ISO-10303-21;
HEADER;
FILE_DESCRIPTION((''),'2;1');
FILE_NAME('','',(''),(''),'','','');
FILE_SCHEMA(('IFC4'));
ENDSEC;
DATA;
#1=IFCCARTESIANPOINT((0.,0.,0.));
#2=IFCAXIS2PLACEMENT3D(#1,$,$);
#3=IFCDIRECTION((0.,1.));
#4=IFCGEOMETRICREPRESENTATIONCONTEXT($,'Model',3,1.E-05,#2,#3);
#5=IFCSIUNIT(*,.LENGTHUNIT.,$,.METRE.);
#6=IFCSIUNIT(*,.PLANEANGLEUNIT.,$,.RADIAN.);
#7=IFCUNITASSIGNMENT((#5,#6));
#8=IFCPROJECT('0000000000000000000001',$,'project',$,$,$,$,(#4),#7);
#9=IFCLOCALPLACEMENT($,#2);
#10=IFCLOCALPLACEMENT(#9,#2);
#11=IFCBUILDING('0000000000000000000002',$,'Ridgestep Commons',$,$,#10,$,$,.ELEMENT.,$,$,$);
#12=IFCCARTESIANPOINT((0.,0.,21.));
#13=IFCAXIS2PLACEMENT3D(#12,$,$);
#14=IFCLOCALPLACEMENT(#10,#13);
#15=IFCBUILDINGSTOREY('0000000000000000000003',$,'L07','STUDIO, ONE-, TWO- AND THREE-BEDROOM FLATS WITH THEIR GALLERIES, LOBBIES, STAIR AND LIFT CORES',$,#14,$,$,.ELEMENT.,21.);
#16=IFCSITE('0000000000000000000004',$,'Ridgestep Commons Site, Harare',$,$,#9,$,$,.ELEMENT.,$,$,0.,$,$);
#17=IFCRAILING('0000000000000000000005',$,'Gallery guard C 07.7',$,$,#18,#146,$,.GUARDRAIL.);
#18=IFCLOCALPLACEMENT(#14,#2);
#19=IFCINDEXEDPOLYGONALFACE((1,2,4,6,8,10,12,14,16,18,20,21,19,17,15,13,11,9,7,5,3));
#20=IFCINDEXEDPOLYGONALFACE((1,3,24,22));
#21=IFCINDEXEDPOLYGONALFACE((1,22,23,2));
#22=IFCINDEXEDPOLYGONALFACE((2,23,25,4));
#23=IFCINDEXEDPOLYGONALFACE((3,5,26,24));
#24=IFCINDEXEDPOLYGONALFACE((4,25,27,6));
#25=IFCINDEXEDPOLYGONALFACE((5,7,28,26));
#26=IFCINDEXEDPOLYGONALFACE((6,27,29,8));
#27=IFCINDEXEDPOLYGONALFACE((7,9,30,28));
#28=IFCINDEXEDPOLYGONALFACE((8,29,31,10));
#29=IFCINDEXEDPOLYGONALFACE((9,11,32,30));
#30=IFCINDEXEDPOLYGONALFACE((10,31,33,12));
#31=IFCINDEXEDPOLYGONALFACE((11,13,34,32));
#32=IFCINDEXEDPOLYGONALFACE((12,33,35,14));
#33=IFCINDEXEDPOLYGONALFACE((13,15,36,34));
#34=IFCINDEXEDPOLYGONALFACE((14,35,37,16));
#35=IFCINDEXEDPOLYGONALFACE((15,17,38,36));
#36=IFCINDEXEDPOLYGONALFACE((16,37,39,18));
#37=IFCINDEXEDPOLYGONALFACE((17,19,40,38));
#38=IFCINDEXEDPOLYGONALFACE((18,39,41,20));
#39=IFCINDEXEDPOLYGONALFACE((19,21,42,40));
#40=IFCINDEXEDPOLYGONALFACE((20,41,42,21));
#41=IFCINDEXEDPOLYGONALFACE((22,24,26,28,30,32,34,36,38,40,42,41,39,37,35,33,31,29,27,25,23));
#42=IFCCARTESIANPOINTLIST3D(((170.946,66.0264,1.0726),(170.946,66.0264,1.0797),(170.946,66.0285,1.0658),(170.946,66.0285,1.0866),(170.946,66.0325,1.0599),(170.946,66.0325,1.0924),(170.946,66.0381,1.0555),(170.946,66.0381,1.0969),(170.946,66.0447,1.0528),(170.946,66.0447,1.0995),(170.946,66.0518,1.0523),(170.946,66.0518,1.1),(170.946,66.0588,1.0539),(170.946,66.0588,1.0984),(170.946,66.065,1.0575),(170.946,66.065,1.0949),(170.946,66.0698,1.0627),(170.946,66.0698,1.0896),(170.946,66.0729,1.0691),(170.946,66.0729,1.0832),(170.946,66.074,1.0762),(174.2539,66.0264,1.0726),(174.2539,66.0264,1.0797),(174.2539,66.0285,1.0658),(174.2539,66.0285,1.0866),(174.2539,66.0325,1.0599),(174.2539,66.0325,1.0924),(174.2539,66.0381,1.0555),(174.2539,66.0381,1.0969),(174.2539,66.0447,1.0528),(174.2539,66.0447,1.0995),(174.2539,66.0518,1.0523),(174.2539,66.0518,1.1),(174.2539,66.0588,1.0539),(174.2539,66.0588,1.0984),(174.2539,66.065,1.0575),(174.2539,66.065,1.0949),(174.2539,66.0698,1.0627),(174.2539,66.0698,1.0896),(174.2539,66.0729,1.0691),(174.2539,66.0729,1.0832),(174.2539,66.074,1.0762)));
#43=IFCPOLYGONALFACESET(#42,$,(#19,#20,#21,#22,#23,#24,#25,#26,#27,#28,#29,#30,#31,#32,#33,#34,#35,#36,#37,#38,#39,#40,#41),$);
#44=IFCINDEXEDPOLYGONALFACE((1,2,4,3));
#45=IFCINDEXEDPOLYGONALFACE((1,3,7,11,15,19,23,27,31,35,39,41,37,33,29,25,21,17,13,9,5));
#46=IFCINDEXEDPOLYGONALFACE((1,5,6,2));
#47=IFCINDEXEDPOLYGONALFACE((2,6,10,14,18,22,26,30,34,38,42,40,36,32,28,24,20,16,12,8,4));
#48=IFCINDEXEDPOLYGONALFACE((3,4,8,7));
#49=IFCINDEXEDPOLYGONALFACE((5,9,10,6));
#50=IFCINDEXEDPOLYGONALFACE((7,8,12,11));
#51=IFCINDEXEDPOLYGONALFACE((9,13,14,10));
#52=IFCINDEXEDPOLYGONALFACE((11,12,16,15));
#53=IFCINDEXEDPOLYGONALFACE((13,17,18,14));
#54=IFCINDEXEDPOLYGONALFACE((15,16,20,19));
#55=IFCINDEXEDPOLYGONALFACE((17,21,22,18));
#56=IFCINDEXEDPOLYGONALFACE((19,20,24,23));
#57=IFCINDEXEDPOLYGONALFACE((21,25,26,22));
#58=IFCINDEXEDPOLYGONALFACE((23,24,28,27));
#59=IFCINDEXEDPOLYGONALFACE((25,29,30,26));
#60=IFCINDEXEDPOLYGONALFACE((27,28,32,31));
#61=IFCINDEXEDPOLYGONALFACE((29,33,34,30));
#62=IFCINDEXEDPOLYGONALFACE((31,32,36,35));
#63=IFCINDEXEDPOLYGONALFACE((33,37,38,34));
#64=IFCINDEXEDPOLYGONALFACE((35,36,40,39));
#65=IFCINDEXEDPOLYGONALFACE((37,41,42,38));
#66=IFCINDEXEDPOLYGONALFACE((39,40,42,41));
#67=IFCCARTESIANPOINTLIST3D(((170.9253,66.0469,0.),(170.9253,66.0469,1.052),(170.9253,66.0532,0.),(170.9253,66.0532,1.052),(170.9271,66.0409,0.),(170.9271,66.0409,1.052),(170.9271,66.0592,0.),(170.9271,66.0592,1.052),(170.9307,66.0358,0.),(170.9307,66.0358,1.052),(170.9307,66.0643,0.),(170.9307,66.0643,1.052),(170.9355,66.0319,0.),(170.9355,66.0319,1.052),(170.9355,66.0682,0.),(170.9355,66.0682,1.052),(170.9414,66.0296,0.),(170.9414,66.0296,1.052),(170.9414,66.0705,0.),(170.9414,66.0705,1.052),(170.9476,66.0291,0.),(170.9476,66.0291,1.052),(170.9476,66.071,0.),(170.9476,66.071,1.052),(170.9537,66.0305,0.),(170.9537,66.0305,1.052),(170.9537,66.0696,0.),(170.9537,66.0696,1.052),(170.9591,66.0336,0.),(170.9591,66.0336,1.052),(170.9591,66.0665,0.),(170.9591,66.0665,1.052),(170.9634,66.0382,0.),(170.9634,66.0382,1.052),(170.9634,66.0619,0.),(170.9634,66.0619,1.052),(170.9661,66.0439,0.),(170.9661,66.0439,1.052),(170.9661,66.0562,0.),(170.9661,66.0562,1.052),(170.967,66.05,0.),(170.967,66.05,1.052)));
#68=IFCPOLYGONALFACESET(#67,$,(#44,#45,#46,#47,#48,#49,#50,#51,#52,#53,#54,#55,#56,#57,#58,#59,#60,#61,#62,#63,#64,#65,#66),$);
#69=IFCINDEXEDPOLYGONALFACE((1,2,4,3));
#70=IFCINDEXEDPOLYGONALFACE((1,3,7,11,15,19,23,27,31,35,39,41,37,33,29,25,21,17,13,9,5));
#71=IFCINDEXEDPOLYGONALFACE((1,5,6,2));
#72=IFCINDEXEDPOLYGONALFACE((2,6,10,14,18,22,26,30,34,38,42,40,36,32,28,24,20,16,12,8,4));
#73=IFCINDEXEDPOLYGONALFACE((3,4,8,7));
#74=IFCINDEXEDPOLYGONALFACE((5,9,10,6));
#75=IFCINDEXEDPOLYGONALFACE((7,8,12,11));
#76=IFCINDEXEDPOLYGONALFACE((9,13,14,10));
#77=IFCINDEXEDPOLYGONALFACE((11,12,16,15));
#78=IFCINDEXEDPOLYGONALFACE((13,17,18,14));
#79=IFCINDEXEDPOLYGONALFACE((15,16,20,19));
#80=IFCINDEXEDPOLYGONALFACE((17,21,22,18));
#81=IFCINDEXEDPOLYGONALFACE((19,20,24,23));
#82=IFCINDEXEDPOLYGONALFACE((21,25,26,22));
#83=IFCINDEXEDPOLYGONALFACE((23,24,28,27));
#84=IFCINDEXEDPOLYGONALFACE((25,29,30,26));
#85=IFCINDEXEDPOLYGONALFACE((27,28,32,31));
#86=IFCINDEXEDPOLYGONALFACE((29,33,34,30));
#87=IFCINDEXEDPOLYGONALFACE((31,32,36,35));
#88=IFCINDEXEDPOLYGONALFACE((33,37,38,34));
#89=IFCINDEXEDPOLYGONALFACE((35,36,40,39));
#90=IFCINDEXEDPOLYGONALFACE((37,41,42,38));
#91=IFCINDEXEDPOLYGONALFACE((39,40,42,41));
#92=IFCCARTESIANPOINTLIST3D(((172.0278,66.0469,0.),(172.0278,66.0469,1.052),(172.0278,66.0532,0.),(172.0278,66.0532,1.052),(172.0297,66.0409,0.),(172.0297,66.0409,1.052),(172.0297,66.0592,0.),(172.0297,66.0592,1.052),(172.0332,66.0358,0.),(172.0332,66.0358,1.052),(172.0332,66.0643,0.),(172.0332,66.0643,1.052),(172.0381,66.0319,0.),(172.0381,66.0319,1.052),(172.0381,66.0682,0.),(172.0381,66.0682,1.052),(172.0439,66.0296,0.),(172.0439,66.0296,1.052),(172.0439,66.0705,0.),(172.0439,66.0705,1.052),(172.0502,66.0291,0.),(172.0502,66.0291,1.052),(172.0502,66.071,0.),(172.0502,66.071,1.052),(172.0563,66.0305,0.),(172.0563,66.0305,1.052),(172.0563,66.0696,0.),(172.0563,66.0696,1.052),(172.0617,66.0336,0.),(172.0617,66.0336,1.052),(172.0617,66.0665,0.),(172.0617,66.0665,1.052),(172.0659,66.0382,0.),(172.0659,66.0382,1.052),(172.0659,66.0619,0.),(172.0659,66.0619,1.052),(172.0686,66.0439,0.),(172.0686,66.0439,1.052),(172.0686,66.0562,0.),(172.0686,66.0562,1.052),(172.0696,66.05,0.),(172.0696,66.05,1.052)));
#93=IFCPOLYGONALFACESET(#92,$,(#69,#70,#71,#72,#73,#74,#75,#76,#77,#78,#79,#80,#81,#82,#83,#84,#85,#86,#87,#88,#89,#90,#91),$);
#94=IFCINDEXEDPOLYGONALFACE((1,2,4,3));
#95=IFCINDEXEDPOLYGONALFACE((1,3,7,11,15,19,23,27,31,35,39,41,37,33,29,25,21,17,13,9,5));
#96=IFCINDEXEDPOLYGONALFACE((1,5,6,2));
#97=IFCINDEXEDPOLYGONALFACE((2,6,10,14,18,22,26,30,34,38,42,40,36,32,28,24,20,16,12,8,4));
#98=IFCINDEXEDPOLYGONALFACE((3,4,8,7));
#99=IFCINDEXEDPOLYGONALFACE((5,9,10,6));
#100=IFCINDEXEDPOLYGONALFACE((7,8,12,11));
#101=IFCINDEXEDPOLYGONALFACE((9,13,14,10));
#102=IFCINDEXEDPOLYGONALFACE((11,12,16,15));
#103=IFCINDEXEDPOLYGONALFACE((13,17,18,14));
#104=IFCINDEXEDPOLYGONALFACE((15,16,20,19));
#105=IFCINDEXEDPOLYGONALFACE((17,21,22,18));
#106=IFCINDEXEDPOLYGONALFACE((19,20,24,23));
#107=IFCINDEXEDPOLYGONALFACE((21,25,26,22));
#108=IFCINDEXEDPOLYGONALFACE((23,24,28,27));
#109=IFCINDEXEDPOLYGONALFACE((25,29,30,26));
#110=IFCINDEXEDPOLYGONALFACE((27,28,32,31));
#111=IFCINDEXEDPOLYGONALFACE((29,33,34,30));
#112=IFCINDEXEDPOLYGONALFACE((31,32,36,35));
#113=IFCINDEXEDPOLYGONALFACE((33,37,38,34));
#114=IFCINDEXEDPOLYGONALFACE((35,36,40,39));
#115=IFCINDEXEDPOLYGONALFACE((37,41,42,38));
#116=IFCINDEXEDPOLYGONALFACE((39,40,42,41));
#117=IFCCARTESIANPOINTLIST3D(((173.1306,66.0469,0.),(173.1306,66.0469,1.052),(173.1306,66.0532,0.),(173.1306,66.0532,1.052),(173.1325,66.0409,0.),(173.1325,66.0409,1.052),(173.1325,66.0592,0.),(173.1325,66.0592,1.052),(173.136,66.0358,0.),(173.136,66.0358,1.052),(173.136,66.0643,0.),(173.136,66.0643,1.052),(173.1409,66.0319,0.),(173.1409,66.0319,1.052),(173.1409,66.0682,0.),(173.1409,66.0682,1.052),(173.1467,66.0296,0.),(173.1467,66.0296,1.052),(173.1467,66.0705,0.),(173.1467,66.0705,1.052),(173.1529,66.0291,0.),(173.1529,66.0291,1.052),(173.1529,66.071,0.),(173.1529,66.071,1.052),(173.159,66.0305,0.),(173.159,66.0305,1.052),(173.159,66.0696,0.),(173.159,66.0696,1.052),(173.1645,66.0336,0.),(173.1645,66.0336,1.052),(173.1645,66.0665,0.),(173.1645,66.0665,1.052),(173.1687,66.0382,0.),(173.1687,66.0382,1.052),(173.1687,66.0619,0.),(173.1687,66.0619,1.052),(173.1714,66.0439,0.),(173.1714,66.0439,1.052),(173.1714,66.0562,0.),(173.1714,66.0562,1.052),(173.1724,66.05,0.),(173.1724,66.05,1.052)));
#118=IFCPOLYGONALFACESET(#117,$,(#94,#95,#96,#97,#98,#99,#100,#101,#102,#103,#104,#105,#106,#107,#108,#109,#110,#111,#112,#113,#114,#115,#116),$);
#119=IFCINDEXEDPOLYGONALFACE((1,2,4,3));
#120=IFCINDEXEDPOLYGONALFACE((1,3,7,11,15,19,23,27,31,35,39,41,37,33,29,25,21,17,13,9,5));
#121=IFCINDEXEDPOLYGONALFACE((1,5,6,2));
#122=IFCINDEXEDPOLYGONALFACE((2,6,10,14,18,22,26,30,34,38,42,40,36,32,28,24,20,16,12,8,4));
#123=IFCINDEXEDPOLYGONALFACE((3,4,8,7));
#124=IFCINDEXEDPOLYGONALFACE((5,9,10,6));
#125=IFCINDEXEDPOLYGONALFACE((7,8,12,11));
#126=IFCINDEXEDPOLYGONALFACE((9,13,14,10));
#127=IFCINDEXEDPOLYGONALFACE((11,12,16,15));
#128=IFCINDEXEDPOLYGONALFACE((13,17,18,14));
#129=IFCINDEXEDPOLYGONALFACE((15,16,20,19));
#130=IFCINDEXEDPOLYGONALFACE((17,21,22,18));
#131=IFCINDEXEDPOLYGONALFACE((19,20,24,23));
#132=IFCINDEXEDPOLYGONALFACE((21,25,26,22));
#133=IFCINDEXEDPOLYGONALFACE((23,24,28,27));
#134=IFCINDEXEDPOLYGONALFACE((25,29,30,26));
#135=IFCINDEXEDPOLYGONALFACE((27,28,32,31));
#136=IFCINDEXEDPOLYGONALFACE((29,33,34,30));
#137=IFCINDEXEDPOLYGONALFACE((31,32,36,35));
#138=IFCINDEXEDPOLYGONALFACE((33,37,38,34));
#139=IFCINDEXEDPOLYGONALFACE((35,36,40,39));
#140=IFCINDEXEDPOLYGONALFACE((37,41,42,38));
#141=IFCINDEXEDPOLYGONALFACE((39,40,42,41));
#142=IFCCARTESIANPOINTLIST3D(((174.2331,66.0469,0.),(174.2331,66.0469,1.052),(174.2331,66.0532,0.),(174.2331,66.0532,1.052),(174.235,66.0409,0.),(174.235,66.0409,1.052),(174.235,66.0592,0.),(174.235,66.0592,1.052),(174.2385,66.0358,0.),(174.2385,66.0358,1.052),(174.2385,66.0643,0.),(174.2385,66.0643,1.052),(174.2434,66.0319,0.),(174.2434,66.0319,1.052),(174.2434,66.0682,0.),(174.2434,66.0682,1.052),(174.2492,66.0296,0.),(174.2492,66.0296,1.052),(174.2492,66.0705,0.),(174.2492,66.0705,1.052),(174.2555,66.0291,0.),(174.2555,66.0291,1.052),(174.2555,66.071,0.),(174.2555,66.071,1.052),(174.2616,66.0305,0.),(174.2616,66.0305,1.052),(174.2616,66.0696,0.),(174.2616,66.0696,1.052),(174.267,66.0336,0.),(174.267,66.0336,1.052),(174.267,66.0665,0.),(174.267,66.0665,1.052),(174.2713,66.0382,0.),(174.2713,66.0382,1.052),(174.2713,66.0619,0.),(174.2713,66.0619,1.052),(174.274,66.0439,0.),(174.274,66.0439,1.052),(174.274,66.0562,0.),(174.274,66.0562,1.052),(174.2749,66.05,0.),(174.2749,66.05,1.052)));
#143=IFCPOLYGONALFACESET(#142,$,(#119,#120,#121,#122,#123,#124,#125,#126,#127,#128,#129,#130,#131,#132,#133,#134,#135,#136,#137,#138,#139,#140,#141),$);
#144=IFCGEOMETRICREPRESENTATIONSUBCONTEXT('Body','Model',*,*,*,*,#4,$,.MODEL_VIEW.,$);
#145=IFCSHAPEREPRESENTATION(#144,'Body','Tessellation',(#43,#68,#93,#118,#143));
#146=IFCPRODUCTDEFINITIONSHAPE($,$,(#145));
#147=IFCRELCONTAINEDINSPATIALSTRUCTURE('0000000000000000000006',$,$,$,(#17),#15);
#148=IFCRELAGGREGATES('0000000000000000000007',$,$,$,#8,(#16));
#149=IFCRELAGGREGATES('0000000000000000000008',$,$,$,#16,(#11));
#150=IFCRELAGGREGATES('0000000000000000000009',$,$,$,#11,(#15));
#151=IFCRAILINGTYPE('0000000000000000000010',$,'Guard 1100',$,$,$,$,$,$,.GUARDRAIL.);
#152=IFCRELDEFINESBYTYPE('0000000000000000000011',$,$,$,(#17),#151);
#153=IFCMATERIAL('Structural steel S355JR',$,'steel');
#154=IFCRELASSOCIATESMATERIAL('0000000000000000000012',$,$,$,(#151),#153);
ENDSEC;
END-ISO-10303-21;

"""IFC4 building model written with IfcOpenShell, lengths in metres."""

from ifc_helpers import new_model, si_unit, direction, frame, origin, origin_2d, place, context, subcontext, project, spatial, circle, extrude, material, type_object, element, save


model = new_model("IFC4")

# Units and contexts
model_context = context("Model", 3, precision=1e-05, world=origin(), true_north=direction((0.0, 1.0)))
body_context = subcontext(model_context, "Body", "Model", "MODEL_VIEW")
ifc_project = project(units=[si_unit("LENGTHUNIT", "METRE"), si_unit("PLANEANGLEUNIT", "RADIAN")], contexts=[model_context])

# Site, building, storey
site_placement = place(None, origin())
site = spatial("IfcSite", under=ifc_project, at=site_placement, Name="Ridgestep Commons Site, Harare", CompositionType="ELEMENT", RefElevation=0.0)
building_placement = place(site_placement, origin())
building = spatial("IfcBuilding", under=site, at=building_placement, Name="Ridgestep Commons", CompositionType="ELEMENT")
storey_placement = place(building_placement, frame((0.0, 0.0, 21.0)))
storey = spatial("IfcBuildingStorey", under=building, at=storey_placement, Name="L07", Description="STUDIO, ONE-, TWO- AND THREE-BEDROOM FLATS WITH THEIR GALLERIES, LOBBIES, STAIR AND LIFT CORES", CompositionType="ELEMENT", Elevation=21.0)

# Railing
ifc_material_1 = material(Name="Structural steel S355JR", Category="steel")
railing_type_1 = type_object("IfcRailingType", Name="Guard 1100", PredefinedType="GUARDRAIL", material=ifc_material_1)
railing_1_placement = place(storey_placement, frame((170.946, 66.05, 0.0)))
element("IfcRailing", 1, at=railing_1_placement, inside=storey, type_object=railing_type_1, Name="Gallery guard C 07.7", PredefinedType="GUARDRAIL", context=body_context, shape_type="SweptSolid", body=[
    extrude(circle(Radius=0.0239, at=origin_2d()), frame((0.0, 0.0, 1.0762), z_axis=(1.0, 0.0, 0.0), x_axis=(0.0, 1.0, 0.0)), (0.0, 0.0, 1.0), 3.3079),
    extrude(circle(Radius=0.021, at=origin_2d()), origin(), (0.0, 0.0, 1.0), 1.052),
    extrude(circle(Radius=0.021, at=origin_2d()), frame((1.1025, 0.0, 0.0)), (0.0, 0.0, 1.0), 1.052),
    extrude(circle(Radius=0.021, at=origin_2d()), frame((2.2053, 0.0, 0.0)), (0.0, 0.0, 1.0), 1.052),
    extrude(circle(Radius=0.021, at=origin_2d()), frame((3.3079, 0.0, 0.0)), (0.0, 0.0, 1.0), 1.052),
])

save(model, "model.ifc")
